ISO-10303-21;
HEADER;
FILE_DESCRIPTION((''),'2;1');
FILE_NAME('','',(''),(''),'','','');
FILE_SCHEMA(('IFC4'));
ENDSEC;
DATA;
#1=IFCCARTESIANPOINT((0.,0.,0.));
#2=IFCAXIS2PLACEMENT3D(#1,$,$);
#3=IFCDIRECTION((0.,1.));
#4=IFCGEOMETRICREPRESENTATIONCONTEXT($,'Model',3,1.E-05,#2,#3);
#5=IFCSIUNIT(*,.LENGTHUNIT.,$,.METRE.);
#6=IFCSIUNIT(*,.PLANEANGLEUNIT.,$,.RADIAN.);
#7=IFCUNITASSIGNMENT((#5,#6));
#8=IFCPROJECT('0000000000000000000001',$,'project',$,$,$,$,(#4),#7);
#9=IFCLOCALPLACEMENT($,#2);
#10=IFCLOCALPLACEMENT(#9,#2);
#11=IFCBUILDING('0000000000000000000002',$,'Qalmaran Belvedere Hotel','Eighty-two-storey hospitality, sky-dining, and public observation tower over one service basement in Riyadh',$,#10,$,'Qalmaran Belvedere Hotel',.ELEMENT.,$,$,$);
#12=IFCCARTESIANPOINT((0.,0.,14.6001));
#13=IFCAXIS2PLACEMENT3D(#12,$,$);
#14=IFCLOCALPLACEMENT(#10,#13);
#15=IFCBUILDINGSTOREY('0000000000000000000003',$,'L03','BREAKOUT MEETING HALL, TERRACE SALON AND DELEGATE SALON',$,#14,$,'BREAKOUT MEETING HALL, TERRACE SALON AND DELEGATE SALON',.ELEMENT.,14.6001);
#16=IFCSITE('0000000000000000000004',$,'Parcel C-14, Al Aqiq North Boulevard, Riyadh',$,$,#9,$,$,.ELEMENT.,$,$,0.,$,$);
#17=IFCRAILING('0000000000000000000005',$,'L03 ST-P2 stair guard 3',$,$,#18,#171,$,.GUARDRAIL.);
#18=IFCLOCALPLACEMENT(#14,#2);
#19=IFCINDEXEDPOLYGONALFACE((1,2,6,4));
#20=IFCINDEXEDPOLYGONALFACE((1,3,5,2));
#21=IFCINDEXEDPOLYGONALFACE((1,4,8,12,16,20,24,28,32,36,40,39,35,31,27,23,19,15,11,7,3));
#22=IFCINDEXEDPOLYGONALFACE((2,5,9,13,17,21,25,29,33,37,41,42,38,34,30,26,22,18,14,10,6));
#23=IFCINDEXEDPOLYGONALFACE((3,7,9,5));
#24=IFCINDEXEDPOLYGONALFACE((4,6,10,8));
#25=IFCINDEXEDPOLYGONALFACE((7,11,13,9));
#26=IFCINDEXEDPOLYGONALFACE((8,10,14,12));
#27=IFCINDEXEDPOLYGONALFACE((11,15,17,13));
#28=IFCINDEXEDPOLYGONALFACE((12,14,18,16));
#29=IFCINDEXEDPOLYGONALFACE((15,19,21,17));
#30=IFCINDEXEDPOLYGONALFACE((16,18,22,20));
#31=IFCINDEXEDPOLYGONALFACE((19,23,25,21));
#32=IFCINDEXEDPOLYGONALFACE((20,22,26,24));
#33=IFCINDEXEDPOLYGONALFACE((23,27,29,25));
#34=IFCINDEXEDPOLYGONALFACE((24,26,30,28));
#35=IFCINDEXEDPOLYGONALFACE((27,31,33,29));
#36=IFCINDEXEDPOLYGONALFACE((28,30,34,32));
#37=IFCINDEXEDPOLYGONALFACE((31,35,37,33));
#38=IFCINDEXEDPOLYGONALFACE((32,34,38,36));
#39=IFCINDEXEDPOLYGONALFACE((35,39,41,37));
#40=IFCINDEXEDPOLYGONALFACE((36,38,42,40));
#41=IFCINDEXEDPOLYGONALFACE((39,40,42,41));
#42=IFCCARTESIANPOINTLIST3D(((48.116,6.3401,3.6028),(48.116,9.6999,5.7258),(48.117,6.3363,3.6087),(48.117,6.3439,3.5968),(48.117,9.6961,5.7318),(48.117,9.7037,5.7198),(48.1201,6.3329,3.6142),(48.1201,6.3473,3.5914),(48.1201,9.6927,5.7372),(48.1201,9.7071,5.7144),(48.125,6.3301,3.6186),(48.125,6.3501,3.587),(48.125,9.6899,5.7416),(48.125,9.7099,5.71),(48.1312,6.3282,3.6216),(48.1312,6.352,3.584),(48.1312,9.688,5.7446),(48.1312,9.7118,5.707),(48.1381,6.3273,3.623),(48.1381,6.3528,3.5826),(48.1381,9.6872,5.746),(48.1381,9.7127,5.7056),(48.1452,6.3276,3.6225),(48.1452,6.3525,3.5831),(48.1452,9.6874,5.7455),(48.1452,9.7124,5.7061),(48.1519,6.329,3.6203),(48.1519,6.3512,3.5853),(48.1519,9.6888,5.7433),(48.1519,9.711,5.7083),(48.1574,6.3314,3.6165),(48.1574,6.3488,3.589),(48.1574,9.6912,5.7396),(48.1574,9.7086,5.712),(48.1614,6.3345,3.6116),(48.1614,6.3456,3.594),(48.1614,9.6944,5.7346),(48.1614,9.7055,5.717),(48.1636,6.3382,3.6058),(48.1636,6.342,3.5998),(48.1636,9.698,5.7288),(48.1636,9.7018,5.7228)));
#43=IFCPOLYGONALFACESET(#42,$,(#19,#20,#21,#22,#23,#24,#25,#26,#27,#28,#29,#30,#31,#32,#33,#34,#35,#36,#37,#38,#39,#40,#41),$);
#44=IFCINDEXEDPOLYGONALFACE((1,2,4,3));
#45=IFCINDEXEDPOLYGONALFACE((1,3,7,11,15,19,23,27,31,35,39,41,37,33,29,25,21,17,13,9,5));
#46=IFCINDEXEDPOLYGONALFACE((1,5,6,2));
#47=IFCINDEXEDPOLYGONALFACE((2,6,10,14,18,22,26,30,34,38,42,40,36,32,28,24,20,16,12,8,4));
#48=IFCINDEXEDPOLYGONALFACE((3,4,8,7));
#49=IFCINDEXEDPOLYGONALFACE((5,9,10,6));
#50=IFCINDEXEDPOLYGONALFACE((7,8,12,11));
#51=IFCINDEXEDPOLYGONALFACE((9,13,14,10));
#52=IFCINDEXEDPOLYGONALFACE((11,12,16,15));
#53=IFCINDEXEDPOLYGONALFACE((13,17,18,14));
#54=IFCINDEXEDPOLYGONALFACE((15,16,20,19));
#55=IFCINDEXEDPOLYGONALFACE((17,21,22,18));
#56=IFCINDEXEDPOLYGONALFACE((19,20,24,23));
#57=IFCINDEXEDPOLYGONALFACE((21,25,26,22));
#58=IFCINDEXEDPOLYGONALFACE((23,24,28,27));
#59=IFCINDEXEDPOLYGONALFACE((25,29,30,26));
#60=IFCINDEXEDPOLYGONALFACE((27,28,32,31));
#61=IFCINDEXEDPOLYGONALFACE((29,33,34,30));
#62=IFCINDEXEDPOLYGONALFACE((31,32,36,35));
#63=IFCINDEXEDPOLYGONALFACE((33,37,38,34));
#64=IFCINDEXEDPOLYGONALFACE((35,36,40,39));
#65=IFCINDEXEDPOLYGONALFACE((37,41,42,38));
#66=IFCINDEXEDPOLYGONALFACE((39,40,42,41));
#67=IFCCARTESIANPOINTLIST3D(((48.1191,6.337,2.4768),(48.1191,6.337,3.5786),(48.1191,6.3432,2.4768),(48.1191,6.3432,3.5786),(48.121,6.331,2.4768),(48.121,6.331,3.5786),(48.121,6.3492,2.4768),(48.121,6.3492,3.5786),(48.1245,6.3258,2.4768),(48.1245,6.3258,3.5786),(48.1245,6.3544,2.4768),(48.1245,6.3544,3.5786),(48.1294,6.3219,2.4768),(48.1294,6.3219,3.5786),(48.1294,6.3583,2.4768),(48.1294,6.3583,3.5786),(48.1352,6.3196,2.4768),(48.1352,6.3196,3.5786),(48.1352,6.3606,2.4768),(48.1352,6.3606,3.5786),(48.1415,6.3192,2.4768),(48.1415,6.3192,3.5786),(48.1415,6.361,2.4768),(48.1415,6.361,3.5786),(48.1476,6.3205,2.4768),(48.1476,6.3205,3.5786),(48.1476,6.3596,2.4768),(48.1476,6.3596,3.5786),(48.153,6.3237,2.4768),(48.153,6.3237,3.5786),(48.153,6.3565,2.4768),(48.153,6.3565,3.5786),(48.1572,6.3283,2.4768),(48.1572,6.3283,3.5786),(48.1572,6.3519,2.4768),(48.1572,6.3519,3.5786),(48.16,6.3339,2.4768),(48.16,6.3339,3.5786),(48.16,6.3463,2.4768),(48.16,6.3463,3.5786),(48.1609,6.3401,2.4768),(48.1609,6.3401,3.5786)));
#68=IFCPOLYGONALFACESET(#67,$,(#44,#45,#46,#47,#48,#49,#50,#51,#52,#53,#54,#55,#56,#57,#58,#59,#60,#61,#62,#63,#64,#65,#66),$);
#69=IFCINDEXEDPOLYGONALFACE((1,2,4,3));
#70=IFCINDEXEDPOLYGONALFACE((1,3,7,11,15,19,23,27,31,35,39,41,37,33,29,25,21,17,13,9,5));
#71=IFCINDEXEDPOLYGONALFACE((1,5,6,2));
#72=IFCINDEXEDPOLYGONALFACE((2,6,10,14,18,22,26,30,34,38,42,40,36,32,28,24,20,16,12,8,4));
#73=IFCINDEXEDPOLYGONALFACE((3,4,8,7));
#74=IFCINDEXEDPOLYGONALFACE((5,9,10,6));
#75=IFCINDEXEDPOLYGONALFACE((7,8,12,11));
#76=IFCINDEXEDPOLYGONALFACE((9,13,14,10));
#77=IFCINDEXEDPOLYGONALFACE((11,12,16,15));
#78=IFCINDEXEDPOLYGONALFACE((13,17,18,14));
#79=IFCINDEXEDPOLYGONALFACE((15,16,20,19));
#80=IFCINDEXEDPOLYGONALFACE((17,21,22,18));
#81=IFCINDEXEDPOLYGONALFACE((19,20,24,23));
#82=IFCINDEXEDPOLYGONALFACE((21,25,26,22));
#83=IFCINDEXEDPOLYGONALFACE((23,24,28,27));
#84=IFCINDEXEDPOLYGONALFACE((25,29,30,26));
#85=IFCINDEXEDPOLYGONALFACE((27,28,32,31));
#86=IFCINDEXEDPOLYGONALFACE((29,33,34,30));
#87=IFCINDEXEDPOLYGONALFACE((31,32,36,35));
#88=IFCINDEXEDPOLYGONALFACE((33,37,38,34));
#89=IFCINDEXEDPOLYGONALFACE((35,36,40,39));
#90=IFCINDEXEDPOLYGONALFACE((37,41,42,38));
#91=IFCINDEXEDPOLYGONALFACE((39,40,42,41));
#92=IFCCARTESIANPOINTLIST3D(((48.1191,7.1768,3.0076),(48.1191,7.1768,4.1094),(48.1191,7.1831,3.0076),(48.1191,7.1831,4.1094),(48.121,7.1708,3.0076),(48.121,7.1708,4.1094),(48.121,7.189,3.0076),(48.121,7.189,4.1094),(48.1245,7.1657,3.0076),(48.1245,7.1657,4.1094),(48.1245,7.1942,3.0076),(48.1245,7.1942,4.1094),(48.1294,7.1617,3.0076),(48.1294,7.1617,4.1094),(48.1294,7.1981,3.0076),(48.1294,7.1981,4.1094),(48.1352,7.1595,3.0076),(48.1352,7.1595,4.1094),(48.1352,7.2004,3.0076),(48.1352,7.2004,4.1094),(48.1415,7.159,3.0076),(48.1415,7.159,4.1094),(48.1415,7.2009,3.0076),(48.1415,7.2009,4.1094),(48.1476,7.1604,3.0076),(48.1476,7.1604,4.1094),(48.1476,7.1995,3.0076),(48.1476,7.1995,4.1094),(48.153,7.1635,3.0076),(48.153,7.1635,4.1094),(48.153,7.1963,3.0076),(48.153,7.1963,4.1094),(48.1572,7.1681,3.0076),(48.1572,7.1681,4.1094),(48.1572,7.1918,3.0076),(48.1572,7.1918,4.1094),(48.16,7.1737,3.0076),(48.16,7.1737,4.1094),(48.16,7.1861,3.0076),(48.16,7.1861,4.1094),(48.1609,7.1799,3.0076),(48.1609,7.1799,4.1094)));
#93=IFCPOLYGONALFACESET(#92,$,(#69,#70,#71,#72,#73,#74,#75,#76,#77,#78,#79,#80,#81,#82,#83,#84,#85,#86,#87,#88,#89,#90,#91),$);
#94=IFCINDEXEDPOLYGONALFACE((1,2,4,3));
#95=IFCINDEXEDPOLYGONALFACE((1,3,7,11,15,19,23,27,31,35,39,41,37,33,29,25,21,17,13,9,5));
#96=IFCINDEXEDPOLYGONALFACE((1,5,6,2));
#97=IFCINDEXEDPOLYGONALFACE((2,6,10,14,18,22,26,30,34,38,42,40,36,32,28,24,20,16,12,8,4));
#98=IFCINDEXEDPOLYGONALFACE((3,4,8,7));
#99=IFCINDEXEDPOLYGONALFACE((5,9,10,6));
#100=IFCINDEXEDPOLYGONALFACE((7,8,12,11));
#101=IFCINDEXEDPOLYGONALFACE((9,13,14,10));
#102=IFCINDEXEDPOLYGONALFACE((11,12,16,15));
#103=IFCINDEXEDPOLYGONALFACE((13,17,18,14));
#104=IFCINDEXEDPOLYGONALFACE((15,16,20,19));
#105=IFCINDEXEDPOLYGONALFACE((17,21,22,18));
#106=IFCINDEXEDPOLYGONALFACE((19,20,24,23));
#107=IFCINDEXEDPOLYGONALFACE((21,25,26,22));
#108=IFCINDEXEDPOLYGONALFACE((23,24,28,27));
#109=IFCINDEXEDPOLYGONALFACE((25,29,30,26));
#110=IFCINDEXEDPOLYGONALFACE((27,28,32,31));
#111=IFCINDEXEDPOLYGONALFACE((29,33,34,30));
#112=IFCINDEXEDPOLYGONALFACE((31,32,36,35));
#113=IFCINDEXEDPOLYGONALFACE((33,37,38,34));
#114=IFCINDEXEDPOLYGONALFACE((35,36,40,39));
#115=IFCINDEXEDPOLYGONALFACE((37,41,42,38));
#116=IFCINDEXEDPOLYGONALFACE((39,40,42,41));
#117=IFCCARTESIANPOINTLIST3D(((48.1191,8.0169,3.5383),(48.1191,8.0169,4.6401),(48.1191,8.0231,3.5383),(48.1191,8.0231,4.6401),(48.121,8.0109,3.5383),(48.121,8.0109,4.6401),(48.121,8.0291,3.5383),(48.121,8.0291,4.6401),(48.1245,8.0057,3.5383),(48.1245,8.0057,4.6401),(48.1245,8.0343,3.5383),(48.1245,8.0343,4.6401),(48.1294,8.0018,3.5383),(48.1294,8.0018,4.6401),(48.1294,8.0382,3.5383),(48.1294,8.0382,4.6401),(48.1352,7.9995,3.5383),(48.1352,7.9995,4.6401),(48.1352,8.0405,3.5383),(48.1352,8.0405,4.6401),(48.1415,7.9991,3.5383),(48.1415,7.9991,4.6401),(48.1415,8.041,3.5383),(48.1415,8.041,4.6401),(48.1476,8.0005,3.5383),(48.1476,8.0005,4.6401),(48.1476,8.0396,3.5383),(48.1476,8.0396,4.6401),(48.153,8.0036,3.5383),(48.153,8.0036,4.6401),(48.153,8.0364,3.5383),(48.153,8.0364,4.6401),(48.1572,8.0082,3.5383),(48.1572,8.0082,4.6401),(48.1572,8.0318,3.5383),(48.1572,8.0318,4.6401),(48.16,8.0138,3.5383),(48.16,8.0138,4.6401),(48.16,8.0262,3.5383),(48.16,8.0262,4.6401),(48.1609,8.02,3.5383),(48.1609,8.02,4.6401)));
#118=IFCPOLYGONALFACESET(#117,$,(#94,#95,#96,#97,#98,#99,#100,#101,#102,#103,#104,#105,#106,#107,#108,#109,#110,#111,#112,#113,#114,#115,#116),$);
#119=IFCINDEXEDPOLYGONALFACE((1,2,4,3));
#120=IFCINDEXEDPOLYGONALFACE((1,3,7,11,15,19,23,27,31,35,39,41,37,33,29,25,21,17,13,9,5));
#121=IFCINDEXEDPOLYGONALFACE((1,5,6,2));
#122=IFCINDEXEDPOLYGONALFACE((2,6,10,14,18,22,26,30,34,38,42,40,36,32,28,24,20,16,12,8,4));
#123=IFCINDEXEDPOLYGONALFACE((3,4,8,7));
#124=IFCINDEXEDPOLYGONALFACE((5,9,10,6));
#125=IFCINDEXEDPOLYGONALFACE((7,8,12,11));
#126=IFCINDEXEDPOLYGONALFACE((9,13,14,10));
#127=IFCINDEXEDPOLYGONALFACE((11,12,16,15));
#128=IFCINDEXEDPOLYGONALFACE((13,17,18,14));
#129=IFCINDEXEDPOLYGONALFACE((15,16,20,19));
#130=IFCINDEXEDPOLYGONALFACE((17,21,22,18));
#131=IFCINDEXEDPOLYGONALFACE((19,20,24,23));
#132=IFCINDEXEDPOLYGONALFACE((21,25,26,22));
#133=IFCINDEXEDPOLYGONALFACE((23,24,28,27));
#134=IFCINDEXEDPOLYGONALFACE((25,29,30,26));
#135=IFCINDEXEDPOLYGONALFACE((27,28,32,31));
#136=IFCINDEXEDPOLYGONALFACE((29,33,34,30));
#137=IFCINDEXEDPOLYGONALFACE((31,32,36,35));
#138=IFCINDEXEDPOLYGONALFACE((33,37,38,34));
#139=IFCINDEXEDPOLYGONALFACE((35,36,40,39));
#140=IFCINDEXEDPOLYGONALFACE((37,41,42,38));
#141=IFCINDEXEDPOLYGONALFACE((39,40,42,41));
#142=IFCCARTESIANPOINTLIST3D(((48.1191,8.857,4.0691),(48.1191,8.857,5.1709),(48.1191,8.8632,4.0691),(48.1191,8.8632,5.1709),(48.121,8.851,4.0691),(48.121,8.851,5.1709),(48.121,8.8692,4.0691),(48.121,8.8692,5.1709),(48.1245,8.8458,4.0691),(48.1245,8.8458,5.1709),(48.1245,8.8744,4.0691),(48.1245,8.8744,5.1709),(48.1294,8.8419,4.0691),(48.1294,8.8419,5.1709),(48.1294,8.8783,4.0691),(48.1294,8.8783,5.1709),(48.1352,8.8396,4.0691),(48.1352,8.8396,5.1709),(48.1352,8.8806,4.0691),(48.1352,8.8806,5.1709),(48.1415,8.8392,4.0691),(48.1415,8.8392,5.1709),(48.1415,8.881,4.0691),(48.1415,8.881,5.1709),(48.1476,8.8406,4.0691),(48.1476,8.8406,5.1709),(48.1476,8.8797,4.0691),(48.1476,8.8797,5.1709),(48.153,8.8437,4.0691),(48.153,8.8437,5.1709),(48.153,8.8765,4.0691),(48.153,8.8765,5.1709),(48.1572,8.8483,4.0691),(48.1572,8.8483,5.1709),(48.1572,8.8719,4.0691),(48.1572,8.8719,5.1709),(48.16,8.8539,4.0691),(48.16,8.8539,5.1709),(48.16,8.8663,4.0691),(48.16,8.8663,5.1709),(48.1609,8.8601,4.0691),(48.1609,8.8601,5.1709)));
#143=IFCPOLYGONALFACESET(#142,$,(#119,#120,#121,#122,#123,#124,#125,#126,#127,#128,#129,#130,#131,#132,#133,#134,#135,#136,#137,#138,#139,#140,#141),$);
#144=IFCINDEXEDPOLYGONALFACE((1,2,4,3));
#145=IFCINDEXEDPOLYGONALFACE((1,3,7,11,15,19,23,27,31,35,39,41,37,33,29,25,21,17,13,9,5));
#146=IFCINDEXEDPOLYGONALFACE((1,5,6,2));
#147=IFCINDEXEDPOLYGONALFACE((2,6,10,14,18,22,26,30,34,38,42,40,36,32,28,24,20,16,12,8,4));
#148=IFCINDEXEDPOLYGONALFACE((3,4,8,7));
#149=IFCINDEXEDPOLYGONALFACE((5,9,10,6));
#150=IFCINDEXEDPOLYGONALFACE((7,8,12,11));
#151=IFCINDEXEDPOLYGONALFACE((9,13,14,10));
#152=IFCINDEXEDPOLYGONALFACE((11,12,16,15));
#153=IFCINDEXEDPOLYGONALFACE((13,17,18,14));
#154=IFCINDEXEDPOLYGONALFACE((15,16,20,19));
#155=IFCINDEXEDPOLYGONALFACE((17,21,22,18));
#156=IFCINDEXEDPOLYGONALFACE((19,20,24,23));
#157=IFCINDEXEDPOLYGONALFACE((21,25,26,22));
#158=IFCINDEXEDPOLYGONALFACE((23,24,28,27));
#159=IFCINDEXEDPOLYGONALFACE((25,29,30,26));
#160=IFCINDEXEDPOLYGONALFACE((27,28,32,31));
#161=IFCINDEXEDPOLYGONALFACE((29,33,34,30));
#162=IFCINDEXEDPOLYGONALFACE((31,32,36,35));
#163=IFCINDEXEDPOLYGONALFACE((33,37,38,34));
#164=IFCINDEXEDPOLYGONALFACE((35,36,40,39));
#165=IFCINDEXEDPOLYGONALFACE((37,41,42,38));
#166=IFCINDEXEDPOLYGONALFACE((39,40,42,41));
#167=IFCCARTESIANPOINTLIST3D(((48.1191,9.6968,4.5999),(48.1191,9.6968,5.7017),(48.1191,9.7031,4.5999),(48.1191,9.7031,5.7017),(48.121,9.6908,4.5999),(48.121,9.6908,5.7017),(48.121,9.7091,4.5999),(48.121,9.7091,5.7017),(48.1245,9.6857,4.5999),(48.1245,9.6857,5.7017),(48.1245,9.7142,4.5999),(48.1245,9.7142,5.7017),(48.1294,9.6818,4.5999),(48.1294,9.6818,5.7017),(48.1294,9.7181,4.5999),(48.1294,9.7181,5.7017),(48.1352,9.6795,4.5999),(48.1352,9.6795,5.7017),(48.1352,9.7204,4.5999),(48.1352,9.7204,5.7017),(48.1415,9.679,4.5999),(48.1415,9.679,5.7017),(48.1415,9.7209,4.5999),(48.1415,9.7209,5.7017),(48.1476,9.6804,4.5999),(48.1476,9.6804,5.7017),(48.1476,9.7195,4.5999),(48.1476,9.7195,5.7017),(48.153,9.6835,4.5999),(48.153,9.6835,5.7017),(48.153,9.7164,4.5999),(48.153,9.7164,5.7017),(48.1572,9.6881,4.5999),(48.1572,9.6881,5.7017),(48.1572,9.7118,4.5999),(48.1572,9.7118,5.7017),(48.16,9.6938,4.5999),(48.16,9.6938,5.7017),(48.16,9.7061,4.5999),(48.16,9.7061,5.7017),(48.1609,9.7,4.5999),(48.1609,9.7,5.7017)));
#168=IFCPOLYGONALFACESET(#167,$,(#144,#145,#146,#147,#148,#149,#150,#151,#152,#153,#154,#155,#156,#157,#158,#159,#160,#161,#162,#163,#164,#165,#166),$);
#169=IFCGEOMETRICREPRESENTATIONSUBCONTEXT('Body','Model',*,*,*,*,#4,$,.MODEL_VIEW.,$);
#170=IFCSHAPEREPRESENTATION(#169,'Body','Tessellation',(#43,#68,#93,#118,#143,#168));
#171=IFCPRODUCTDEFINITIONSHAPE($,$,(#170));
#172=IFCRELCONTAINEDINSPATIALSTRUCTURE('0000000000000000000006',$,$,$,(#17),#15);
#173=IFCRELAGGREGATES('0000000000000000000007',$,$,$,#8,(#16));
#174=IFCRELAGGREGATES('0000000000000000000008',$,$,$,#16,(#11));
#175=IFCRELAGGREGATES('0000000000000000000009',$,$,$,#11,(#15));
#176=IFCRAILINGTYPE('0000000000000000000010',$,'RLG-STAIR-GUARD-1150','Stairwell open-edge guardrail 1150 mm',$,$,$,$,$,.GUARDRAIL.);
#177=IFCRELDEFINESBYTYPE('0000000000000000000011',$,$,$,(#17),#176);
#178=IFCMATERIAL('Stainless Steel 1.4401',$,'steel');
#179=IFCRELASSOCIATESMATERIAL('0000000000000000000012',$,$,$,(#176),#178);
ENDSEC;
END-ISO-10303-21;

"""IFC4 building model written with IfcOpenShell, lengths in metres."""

from ifc_helpers import new_model, si_unit, direction, frame, origin, origin_2d, place, context, subcontext, project, spatial, circle, extrude, material, type_object, element, save


model = new_model("IFC4")

# Units and contexts
model_context = context("Model", 3, precision=1e-05, world=origin(), true_north=direction((0.0, 1.0)))
body_context = subcontext(model_context, "Body", "Model", "MODEL_VIEW")
ifc_project = project(units=[si_unit("LENGTHUNIT", "METRE"), si_unit("PLANEANGLEUNIT", "RADIAN")], contexts=[model_context])

# Site, building, storey
site_placement = place(None, origin())
site = spatial("IfcSite", under=ifc_project, at=site_placement, Name="Parcel C-14, Al Aqiq North Boulevard, Riyadh", CompositionType="ELEMENT", RefElevation=0.0)
building_placement = place(site_placement, origin())
building = spatial("IfcBuilding", under=site, at=building_placement, Name="Qalmaran Belvedere Hotel", Description="Eighty-two-storey hospitality, sky-dining, and public observation tower over one service basement in Riyadh", LongName="Qalmaran Belvedere Hotel", CompositionType="ELEMENT")
storey_placement = place(building_placement, frame((0.0, 0.0, 14.6001)))
storey = spatial("IfcBuildingStorey", under=building, at=storey_placement, Name="L03", Description="BREAKOUT MEETING HALL, TERRACE SALON AND DELEGATE SALON", LongName="BREAKOUT MEETING HALL, TERRACE SALON AND DELEGATE SALON", CompositionType="ELEMENT", Elevation=14.6001)

# Railing
ifc_material_1 = material(Name="Stainless Steel 1.4401", Category="steel")
railing_type_1 = type_object("IfcRailingType", Name="RLG-STAIR-GUARD-1150", Description="Stairwell open-edge guardrail 1150 mm", PredefinedType="GUARDRAIL", material=ifc_material_1)
railing_1_placement = place(storey_placement, frame((48.1399, 6.3401, 2.4768)))
element("IfcRailing", 1, at=railing_1_placement, inside=storey, type_object=railing_type_1, Name="L03 ST-P2 stair guard 3", PredefinedType="GUARDRAIL", context=body_context, shape_type="SweptSolid", body=[
    extrude(circle(Radius=0.0239, at=origin_2d()), frame((0.0, 0.0, 1.126), z_axis=(0.0, 0.845372, 0.534178), x_axis=(-1.0, 0.0, 0.0)), (0.0, 0.0, 1.0), 3.9744),
    extrude(circle(Radius=0.021, at=origin_2d()), origin(), (0.0, 0.0, 1.0), 1.1018),
    extrude(circle(Radius=0.021, at=origin_2d()), frame((0.0, 0.8398, 0.5308)), (0.0, 0.0, 1.0), 1.1018),
    extrude(circle(Radius=0.021, at=origin_2d()), frame((0.0, 1.6799, 1.0615)), (0.0, 0.0, 1.0), 1.1018),
    extrude(circle(Radius=0.021, at=origin_2d()), frame((0.0, 2.52, 1.5923)), (0.0, 0.0, 1.0), 1.1018),
    extrude(circle(Radius=0.021, at=origin_2d()), frame((0.0, 3.3599, 2.123)), (0.0, 0.0, 1.0), 1.1018),
])

save(model, "model.ifc")
